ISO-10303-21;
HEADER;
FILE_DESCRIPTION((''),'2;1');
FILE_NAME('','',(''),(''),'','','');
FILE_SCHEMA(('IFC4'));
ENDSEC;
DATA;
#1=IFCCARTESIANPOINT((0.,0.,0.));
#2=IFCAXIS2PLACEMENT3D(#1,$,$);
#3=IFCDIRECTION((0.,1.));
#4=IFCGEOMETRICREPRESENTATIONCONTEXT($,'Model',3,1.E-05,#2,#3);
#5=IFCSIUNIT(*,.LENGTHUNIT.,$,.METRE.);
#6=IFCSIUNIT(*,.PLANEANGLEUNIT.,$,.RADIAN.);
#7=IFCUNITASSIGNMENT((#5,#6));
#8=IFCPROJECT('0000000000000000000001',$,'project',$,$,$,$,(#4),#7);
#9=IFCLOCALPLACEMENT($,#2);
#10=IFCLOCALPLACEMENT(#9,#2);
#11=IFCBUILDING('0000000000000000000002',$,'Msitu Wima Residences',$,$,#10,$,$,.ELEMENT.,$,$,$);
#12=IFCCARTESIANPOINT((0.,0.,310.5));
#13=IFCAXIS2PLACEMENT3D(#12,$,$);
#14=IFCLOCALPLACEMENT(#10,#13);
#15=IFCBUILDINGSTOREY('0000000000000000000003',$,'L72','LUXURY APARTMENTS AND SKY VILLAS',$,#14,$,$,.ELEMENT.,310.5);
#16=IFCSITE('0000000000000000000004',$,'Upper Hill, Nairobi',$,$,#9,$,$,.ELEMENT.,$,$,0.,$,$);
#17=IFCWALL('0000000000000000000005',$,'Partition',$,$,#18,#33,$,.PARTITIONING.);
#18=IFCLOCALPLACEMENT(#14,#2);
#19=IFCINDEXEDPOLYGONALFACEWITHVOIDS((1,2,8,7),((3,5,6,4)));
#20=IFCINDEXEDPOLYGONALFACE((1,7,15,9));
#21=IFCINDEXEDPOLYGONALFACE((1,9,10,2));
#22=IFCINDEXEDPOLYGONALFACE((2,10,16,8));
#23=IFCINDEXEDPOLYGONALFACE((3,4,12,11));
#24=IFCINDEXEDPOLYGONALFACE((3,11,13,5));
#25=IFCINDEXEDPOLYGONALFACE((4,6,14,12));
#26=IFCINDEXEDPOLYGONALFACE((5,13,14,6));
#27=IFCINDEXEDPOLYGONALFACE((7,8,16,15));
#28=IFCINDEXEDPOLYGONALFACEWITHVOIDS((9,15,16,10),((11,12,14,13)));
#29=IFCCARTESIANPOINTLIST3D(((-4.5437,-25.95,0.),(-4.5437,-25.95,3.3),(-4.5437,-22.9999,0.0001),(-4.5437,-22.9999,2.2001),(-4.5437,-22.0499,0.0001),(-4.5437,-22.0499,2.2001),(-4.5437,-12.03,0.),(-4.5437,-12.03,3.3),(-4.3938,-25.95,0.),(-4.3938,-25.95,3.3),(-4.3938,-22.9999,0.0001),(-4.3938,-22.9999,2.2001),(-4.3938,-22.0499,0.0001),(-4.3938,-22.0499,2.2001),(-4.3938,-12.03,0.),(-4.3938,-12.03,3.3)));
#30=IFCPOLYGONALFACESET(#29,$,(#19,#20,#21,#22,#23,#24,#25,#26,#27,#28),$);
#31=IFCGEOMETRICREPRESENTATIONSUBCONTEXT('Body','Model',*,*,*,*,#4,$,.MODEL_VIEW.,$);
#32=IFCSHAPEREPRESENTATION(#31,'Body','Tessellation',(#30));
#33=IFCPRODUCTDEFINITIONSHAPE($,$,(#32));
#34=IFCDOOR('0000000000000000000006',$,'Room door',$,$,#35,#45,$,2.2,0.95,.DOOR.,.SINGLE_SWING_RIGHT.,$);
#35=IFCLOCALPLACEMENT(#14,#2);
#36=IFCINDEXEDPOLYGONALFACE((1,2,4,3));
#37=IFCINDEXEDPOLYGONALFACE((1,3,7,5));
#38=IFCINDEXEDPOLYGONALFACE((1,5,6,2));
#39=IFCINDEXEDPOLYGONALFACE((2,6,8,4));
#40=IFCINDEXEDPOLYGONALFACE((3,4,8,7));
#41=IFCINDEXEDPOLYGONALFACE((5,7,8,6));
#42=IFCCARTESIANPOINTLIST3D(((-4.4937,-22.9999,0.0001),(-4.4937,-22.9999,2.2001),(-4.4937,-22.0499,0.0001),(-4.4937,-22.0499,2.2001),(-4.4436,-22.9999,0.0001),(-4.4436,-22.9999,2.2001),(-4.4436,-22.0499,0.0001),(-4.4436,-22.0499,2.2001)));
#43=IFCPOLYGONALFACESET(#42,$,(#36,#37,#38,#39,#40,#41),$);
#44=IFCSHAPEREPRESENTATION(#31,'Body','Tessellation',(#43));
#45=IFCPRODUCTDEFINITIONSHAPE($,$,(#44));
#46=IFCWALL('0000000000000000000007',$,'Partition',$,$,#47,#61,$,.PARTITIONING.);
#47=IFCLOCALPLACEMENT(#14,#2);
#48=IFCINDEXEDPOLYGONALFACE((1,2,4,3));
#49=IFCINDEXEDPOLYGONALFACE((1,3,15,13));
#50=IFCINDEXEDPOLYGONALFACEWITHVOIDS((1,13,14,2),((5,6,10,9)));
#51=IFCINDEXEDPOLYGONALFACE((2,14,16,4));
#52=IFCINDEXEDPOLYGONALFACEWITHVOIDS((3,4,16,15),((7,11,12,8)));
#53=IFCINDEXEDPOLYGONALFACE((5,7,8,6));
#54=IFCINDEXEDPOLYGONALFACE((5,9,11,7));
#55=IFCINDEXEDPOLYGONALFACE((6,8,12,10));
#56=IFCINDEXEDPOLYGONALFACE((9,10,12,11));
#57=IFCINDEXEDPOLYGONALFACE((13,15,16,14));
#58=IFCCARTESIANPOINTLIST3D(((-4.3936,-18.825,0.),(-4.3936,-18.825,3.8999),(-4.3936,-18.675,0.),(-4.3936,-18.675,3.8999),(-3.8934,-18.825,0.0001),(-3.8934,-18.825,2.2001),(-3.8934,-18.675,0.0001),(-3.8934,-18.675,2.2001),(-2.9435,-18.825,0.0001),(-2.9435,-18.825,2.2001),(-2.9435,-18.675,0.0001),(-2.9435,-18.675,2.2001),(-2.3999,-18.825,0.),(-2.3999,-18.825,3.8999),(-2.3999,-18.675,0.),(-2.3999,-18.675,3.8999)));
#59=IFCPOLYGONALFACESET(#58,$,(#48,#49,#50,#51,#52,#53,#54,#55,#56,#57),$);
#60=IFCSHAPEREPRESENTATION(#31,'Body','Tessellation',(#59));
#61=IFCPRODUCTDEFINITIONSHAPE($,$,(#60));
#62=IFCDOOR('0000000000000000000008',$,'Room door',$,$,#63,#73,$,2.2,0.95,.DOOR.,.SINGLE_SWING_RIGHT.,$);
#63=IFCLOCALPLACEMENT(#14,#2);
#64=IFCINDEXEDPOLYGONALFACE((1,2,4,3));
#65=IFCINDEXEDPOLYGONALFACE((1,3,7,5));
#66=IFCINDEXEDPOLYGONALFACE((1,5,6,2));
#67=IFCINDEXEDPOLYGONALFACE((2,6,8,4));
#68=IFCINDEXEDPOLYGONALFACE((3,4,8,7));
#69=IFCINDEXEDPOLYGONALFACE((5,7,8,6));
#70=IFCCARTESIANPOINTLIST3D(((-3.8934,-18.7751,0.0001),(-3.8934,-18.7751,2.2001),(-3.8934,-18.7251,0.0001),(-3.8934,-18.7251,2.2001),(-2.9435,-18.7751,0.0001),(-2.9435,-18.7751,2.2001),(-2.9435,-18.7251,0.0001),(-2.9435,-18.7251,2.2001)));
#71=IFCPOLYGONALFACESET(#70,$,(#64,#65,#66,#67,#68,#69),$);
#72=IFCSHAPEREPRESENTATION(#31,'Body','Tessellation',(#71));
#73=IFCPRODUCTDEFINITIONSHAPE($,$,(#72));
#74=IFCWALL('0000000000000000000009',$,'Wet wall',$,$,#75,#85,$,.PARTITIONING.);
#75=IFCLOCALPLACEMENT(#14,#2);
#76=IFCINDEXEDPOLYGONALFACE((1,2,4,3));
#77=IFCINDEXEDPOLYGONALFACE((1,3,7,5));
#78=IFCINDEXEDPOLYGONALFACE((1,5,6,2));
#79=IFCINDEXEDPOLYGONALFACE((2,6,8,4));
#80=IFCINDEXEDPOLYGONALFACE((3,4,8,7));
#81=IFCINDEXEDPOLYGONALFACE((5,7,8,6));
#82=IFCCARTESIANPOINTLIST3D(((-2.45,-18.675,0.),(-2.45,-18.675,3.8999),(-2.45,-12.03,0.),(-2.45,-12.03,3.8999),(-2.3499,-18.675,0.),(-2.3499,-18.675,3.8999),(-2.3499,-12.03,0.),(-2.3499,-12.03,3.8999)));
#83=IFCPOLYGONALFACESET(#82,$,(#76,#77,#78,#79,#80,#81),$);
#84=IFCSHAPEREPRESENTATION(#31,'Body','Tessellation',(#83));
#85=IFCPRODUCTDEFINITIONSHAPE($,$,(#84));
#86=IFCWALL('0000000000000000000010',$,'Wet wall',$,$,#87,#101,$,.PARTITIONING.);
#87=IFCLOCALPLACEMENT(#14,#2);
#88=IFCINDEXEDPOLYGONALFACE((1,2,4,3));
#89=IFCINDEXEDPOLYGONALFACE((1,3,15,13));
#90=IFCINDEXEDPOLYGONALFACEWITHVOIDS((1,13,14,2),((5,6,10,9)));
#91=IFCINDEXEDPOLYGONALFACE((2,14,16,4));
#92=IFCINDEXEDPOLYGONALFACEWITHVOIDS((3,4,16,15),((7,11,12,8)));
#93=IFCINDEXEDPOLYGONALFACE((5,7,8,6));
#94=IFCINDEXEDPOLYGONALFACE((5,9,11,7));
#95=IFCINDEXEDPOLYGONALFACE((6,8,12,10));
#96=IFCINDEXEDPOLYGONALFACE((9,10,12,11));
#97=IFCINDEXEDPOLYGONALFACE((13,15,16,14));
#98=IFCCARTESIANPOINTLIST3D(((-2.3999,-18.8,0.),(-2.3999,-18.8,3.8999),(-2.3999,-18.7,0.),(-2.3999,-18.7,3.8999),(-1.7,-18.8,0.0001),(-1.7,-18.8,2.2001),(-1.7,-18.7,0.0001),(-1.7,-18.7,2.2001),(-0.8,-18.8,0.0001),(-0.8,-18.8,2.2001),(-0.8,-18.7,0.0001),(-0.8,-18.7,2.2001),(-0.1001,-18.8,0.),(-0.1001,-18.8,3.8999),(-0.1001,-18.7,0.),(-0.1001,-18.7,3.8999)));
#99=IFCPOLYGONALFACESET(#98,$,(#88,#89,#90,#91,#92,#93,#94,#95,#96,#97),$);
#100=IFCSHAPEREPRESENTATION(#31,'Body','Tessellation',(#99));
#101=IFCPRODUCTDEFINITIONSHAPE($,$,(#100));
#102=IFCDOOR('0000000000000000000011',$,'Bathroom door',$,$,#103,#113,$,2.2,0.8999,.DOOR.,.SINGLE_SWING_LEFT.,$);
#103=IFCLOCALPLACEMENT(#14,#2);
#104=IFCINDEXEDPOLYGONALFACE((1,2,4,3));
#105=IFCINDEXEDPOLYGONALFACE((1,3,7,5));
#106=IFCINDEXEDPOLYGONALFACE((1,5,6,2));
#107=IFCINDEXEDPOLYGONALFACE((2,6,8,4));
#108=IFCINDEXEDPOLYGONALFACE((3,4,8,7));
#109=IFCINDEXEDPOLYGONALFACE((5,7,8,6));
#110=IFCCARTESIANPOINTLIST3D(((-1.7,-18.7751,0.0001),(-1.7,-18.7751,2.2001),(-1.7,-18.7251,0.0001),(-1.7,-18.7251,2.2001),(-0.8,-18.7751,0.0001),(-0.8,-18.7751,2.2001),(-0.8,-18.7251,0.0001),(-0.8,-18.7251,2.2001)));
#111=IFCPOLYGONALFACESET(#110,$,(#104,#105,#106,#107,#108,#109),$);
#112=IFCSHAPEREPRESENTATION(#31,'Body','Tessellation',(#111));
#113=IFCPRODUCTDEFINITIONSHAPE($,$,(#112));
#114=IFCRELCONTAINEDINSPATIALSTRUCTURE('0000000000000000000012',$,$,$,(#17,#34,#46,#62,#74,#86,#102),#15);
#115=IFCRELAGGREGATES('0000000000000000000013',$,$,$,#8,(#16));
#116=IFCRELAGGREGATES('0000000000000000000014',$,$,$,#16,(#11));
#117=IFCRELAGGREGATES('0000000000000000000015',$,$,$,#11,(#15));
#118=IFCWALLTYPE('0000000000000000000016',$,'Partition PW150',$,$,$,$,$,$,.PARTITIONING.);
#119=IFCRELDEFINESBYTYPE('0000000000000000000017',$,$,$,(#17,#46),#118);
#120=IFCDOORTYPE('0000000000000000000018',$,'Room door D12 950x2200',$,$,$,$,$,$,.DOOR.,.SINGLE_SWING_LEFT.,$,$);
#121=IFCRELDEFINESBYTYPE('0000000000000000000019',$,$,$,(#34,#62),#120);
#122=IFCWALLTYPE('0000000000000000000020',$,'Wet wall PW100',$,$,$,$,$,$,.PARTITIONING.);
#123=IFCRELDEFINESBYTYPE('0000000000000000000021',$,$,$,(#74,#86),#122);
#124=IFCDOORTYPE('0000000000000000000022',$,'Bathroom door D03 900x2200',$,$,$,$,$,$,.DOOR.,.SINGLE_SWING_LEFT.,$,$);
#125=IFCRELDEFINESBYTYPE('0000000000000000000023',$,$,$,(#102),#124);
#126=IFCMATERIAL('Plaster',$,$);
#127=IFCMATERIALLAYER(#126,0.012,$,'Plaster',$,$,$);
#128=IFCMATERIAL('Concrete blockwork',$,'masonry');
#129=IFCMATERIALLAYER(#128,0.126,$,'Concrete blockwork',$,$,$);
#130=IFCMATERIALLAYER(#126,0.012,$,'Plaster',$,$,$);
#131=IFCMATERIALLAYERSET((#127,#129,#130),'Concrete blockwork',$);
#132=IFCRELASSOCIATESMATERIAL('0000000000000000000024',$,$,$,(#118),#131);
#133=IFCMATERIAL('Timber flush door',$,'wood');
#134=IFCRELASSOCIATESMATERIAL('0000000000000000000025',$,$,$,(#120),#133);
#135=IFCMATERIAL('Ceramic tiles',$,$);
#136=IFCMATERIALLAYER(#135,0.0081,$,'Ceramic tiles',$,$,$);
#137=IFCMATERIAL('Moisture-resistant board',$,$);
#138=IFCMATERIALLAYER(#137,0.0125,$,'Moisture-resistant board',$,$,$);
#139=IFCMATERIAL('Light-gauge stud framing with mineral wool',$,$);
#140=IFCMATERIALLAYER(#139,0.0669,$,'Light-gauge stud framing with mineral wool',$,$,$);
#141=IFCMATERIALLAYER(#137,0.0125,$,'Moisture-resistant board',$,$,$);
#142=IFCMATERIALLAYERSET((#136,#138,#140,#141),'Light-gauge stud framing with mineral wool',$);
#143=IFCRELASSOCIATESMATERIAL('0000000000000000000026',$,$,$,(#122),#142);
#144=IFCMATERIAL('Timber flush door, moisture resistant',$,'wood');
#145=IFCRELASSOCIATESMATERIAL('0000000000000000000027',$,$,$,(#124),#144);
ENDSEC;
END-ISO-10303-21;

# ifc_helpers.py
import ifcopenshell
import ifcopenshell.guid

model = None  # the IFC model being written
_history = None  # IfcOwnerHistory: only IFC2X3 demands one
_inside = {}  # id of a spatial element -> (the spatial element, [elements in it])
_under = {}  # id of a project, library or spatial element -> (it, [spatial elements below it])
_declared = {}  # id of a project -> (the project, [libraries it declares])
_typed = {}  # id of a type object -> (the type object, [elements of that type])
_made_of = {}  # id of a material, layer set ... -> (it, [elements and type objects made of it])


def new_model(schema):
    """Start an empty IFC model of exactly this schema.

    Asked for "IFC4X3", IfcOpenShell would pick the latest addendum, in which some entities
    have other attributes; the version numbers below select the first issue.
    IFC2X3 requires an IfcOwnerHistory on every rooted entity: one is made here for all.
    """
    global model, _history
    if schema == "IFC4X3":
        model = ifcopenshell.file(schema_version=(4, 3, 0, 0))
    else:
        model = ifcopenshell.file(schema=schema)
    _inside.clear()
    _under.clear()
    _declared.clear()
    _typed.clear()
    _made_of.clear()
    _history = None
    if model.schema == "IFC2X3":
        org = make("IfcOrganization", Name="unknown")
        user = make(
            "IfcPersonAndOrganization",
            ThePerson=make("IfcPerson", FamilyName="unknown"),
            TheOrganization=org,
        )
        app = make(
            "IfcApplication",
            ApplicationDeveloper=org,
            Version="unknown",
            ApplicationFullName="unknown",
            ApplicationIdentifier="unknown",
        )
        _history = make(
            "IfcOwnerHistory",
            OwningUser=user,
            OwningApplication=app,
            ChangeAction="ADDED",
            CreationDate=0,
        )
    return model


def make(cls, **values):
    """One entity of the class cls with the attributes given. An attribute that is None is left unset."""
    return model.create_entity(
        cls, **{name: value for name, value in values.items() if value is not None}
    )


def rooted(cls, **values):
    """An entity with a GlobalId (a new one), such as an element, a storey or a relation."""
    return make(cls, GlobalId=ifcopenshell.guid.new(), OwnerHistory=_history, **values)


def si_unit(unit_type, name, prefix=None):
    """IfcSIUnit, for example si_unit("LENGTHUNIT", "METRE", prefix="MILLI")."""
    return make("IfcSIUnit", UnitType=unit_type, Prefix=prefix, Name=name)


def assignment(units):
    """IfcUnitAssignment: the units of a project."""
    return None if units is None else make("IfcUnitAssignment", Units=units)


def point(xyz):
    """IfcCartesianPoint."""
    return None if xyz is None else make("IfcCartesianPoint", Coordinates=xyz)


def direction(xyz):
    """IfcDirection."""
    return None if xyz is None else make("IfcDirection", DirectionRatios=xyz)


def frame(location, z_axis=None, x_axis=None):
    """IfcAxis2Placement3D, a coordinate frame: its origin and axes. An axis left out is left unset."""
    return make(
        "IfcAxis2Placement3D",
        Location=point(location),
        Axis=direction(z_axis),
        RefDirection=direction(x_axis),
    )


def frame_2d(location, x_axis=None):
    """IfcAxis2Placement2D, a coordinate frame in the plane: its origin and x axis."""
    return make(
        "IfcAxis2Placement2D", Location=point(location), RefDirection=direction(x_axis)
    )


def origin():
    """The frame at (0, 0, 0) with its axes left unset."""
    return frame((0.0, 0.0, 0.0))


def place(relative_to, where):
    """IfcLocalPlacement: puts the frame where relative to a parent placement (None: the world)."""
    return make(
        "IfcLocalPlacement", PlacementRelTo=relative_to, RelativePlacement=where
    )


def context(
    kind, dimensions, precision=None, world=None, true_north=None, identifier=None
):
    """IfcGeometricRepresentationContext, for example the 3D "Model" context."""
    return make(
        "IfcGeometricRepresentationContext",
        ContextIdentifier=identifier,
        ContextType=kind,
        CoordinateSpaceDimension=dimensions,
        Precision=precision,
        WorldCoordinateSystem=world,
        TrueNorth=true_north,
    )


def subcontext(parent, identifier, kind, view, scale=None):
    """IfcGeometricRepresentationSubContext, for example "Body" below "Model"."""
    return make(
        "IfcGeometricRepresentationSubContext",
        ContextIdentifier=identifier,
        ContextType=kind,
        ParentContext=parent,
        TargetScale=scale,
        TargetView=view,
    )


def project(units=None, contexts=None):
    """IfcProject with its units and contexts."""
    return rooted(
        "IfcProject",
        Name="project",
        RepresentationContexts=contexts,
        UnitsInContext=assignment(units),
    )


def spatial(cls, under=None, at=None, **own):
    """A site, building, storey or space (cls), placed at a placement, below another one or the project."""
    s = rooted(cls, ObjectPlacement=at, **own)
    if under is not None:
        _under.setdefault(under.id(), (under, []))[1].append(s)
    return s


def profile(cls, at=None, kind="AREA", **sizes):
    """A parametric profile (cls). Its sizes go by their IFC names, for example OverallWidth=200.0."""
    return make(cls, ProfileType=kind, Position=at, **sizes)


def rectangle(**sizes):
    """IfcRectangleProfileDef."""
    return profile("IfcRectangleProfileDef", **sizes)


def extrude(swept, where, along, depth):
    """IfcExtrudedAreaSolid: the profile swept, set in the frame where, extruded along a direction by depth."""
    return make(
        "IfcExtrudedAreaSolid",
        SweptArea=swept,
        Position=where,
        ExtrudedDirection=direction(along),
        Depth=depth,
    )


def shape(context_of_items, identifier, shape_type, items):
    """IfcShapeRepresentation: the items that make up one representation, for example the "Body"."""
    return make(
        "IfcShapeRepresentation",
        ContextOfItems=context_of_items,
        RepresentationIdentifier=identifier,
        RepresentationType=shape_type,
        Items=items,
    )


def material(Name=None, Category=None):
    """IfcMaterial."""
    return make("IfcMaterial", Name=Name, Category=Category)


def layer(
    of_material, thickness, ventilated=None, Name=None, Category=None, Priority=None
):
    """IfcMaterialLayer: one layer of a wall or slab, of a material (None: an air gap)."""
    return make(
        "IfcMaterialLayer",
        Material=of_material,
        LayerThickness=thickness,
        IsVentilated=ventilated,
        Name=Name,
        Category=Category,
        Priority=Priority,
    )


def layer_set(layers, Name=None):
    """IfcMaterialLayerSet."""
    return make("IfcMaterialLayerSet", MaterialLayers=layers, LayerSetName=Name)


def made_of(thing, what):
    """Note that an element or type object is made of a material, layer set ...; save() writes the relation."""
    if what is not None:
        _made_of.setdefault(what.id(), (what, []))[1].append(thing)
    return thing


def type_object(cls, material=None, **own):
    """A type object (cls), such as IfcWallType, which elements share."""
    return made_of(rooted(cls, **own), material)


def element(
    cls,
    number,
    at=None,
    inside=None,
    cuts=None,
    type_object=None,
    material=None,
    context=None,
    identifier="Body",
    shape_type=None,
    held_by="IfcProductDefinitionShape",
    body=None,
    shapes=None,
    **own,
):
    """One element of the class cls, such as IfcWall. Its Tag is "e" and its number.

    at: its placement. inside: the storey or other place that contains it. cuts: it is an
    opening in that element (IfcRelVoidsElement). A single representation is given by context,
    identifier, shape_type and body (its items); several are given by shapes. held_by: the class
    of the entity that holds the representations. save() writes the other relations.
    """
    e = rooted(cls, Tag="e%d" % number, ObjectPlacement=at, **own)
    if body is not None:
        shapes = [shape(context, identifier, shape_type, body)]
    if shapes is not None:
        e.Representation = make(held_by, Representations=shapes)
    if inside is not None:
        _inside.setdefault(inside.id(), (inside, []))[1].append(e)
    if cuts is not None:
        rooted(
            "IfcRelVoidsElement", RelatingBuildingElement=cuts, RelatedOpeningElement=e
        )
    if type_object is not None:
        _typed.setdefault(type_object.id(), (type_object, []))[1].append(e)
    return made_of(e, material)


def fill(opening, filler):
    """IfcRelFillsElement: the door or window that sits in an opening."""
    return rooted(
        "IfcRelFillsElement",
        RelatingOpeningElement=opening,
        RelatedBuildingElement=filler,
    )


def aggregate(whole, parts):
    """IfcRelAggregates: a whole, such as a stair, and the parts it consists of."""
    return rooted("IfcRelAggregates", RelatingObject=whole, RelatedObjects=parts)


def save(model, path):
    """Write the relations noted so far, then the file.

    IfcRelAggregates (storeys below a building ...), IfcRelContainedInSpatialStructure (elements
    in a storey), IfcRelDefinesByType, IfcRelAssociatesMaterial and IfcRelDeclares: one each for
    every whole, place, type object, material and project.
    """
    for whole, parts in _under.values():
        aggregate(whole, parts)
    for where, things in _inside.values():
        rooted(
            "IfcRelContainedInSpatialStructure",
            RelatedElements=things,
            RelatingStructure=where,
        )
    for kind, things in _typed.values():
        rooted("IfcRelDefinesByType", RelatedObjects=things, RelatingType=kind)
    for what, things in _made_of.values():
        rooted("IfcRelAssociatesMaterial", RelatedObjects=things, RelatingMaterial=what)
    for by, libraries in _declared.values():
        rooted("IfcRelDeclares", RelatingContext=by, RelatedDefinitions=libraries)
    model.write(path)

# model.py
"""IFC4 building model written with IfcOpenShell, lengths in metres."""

from ifc_helpers import new_model, si_unit, direction, frame, frame_2d, origin, place, context, subcontext, project, spatial, rectangle, extrude, material, layer, layer_set, type_object, element, fill, save


model = new_model("IFC4")

# Units and contexts
model_context = context("Model", 3, precision=1e-05, world=origin(), true_north=direction((0.0, 1.0)))
body_context = subcontext(model_context, "Body", "Model", "MODEL_VIEW")
ifc_project = project(units=[si_unit("LENGTHUNIT", "METRE"), si_unit("PLANEANGLEUNIT", "RADIAN")], contexts=[model_context])

# Site, building, storey
site_placement = place(None, origin())
site = spatial("IfcSite", under=ifc_project, at=site_placement, Name="Upper Hill, Nairobi", CompositionType="ELEMENT", RefElevation=0.0)
building_placement = place(site_placement, origin())
building = spatial("IfcBuilding", under=site, at=building_placement, Name="Msitu Wima Residences", CompositionType="ELEMENT")
storey_placement = place(building_placement, frame((0.0, 0.0, 310.5)))
storey = spatial("IfcBuildingStorey", under=building, at=storey_placement, Name="L72", Description="LUXURY APARTMENTS AND SKY VILLAS", CompositionType="ELEMENT", Elevation=310.5)

# Walls, openings, doors
ifc_material_1 = material(Name="Plaster")
ifc_layer_1 = layer(ifc_material_1, 0.012, Name="Plaster")
ifc_material_2 = material(Name="Concrete blockwork", Category="masonry")
ifc_layer_2 = layer(ifc_material_2, 0.126, Name="Concrete blockwork")
ifc_layer_3 = layer(ifc_material_1, 0.012, Name="Plaster")
ifc_layer_set_1 = layer_set([ifc_layer_1, ifc_layer_2, ifc_layer_3], Name="Concrete blockwork")
wall_type_1 = type_object("IfcWallType", Name="Partition PW150", PredefinedType="PARTITIONING", material=ifc_layer_set_1)
wall_1_placement = place(storey_placement, frame((-4.4688, -25.95, 0.0), z_axis=(0.0, 0.0, 1.0), x_axis=(0.0, 1.0, 0.0)))
wall_1 = element("IfcWall", 1, at=wall_1_placement, inside=storey, type_object=wall_type_1, Name="Partition", PredefinedType="PARTITIONING", context=body_context, shape_type="SweptSolid", body=[
    extrude(rectangle(XDim=13.9199, YDim=0.1499, at=frame_2d((6.96, 0.0))), origin(), (0.0, 0.0, 1.0), 3.3),
])
opening_1_placement = place(wall_1_placement, frame((2.95, 0.0, 0.0)))
opening_1 = element("IfcOpeningElement", 2, at=opening_1_placement, cuts=wall_1, PredefinedType="OPENING", context=body_context, shape_type="SweptSolid", body=[
    extrude(rectangle(XDim=0.95, YDim=2.2, at=frame_2d((0.4751, 1.1001))), frame((0.0, 0.085, 0.0), z_axis=(0.0, -1.0, 0.0), x_axis=(1.0, 0.0, 0.0)), (0.0, 0.0, 1.0), 0.1699),
])
ifc_material_3 = material(Name="Timber flush door", Category="wood")
door_type_1 = type_object("IfcDoorType", Name="Room door D12 950x2200", OperationType="SINGLE_SWING_LEFT", PredefinedType="DOOR", material=ifc_material_3)
door_1_placement = place(opening_1_placement, origin())
door_1 = element("IfcDoor", 3, at=door_1_placement, inside=storey, type_object=door_type_1, Name="Room door", OperationType="SINGLE_SWING_RIGHT", OverallHeight=2.2, OverallWidth=0.95, PredefinedType="DOOR", context=body_context, shape_type="SweptSolid", body=[
    extrude(rectangle(XDim=0.95, YDim=2.2, at=frame_2d((0.4751, 1.1001))), frame((0.0, 0.0249, 0.0), z_axis=(0.0, -1.0, 0.0), x_axis=(1.0, 0.0, 0.0)), (0.0, 0.0, 1.0), 0.05),
])
fill(opening_1, door_1)
wall_2_placement = place(storey_placement, frame((-4.3936, -18.75, 0.0), z_axis=(0.0, 0.0, 1.0), x_axis=(1.0, 0.0, 0.0)))
wall_2 = element("IfcWall", 4, at=wall_2_placement, inside=storey, type_object=wall_type_1, Name="Partition", PredefinedType="PARTITIONING", context=body_context, shape_type="SweptSolid", body=[
    extrude(rectangle(XDim=1.9937, YDim=0.1499, at=frame_2d((0.9968, 0.0))), origin(), (0.0, 0.0, 1.0), 3.8999),
])
opening_2_placement = place(wall_2_placement, frame((0.5, 0.0, 0.0)))
opening_2 = element("IfcOpeningElement", 5, at=opening_2_placement, cuts=wall_2, PredefinedType="OPENING", context=body_context, shape_type="SweptSolid", body=[
    extrude(rectangle(XDim=0.95, YDim=2.2, at=frame_2d((0.4751, 1.1001))), frame((0.0, 0.085, 0.0), z_axis=(0.0, -1.0, 0.0), x_axis=(1.0, 0.0, 0.0)), (0.0, 0.0, 1.0), 0.1699),
])
door_2_placement = place(opening_2_placement, origin())
door_2 = element("IfcDoor", 6, at=door_2_placement, inside=storey, type_object=door_type_1, Name="Room door", OperationType="SINGLE_SWING_RIGHT", OverallHeight=2.2, OverallWidth=0.95, PredefinedType="DOOR", context=body_context, shape_type="SweptSolid", body=[
    extrude(rectangle(XDim=0.95, YDim=2.2, at=frame_2d((0.4751, 1.1001))), frame((0.0, 0.0249, 0.0), z_axis=(0.0, -1.0, 0.0), x_axis=(1.0, 0.0, 0.0)), (0.0, 0.0, 1.0), 0.05),
])
fill(opening_2, door_2)

# Wall
ifc_material_4 = material(Name="Ceramic tiles")
ifc_layer_4 = layer(ifc_material_4, 0.0081, Name="Ceramic tiles")
ifc_material_5 = material(Name="Moisture-resistant board")
ifc_layer_5 = layer(ifc_material_5, 0.0125, Name="Moisture-resistant board")
ifc_material_6 = material(Name="Light-gauge stud framing with mineral wool")
ifc_layer_6 = layer(ifc_material_6, 0.0669, Name="Light-gauge stud framing with mineral wool")
ifc_layer_7 = layer(ifc_material_5, 0.0125, Name="Moisture-resistant board")
ifc_layer_set_2 = layer_set([ifc_layer_4, ifc_layer_5, ifc_layer_6, ifc_layer_7], Name="Light-gauge stud framing with mineral wool")
wall_type_2 = type_object("IfcWallType", Name="Wet wall PW100", PredefinedType="PARTITIONING", material=ifc_layer_set_2)
wall_3_placement = place(storey_placement, frame((-2.3999, -18.675, 0.0), z_axis=(0.0, 0.0, 1.0), x_axis=(0.0, 1.0, 0.0)))
element("IfcWall", 7, at=wall_3_placement, inside=storey, type_object=wall_type_2, Name="Wet wall", PredefinedType="PARTITIONING", context=body_context, shape_type="SweptSolid", body=[
    extrude(rectangle(XDim=6.645, YDim=0.1001, at=frame_2d((3.3225, 0.0))), origin(), (0.0, 0.0, 1.0), 3.8999),
])

# Wall, opening, door
wall_4_placement = place(storey_placement, frame((-2.3999, -18.75, 0.0), z_axis=(0.0, 0.0, 1.0), x_axis=(1.0, 0.0, 0.0)))
wall_4 = element("IfcWall", 8, at=wall_4_placement, inside=storey, type_object=wall_type_2, Name="Wet wall", PredefinedType="PARTITIONING", context=body_context, shape_type="SweptSolid", body=[
    extrude(rectangle(XDim=2.2998, YDim=0.1001, at=frame_2d((1.1499, 0.0))), origin(), (0.0, 0.0, 1.0), 3.8999),
])
opening_3_placement = place(wall_4_placement, frame((0.7, 0.0, 0.0)))
opening_3 = element("IfcOpeningElement", 9, at=opening_3_placement, cuts=wall_4, PredefinedType="OPENING", context=body_context, shape_type="SweptSolid", body=[
    extrude(rectangle(XDim=0.8999, YDim=2.2, at=frame_2d((0.45, 1.1001))), frame((0.0, 0.0601, 0.0), z_axis=(0.0, -1.0, 0.0), x_axis=(1.0, 0.0, 0.0)), (0.0, 0.0, 1.0), 0.1201),
])
ifc_material_7 = material(Name="Timber flush door, moisture resistant", Category="wood")
door_type_2 = type_object("IfcDoorType", Name="Bathroom door D03 900x2200", OperationType="SINGLE_SWING_LEFT", PredefinedType="DOOR", material=ifc_material_7)
door_3_placement = place(opening_3_placement, origin())
door_3 = element("IfcDoor", 10, at=door_3_placement, inside=storey, type_object=door_type_2, Name="Bathroom door", OperationType="SINGLE_SWING_LEFT", OverallHeight=2.2, OverallWidth=0.8999, PredefinedType="DOOR", context=body_context, shape_type="SweptSolid", body=[
    extrude(rectangle(XDim=0.8999, YDim=2.2, at=frame_2d((0.45, 1.1001))), frame((0.0, 0.0249, 0.0), z_axis=(0.0, -1.0, 0.0), x_axis=(1.0, 0.0, 0.0)), (0.0, 0.0, 1.0), 0.05),
])
fill(opening_3, door_3)

save(model, "model.ifc")
